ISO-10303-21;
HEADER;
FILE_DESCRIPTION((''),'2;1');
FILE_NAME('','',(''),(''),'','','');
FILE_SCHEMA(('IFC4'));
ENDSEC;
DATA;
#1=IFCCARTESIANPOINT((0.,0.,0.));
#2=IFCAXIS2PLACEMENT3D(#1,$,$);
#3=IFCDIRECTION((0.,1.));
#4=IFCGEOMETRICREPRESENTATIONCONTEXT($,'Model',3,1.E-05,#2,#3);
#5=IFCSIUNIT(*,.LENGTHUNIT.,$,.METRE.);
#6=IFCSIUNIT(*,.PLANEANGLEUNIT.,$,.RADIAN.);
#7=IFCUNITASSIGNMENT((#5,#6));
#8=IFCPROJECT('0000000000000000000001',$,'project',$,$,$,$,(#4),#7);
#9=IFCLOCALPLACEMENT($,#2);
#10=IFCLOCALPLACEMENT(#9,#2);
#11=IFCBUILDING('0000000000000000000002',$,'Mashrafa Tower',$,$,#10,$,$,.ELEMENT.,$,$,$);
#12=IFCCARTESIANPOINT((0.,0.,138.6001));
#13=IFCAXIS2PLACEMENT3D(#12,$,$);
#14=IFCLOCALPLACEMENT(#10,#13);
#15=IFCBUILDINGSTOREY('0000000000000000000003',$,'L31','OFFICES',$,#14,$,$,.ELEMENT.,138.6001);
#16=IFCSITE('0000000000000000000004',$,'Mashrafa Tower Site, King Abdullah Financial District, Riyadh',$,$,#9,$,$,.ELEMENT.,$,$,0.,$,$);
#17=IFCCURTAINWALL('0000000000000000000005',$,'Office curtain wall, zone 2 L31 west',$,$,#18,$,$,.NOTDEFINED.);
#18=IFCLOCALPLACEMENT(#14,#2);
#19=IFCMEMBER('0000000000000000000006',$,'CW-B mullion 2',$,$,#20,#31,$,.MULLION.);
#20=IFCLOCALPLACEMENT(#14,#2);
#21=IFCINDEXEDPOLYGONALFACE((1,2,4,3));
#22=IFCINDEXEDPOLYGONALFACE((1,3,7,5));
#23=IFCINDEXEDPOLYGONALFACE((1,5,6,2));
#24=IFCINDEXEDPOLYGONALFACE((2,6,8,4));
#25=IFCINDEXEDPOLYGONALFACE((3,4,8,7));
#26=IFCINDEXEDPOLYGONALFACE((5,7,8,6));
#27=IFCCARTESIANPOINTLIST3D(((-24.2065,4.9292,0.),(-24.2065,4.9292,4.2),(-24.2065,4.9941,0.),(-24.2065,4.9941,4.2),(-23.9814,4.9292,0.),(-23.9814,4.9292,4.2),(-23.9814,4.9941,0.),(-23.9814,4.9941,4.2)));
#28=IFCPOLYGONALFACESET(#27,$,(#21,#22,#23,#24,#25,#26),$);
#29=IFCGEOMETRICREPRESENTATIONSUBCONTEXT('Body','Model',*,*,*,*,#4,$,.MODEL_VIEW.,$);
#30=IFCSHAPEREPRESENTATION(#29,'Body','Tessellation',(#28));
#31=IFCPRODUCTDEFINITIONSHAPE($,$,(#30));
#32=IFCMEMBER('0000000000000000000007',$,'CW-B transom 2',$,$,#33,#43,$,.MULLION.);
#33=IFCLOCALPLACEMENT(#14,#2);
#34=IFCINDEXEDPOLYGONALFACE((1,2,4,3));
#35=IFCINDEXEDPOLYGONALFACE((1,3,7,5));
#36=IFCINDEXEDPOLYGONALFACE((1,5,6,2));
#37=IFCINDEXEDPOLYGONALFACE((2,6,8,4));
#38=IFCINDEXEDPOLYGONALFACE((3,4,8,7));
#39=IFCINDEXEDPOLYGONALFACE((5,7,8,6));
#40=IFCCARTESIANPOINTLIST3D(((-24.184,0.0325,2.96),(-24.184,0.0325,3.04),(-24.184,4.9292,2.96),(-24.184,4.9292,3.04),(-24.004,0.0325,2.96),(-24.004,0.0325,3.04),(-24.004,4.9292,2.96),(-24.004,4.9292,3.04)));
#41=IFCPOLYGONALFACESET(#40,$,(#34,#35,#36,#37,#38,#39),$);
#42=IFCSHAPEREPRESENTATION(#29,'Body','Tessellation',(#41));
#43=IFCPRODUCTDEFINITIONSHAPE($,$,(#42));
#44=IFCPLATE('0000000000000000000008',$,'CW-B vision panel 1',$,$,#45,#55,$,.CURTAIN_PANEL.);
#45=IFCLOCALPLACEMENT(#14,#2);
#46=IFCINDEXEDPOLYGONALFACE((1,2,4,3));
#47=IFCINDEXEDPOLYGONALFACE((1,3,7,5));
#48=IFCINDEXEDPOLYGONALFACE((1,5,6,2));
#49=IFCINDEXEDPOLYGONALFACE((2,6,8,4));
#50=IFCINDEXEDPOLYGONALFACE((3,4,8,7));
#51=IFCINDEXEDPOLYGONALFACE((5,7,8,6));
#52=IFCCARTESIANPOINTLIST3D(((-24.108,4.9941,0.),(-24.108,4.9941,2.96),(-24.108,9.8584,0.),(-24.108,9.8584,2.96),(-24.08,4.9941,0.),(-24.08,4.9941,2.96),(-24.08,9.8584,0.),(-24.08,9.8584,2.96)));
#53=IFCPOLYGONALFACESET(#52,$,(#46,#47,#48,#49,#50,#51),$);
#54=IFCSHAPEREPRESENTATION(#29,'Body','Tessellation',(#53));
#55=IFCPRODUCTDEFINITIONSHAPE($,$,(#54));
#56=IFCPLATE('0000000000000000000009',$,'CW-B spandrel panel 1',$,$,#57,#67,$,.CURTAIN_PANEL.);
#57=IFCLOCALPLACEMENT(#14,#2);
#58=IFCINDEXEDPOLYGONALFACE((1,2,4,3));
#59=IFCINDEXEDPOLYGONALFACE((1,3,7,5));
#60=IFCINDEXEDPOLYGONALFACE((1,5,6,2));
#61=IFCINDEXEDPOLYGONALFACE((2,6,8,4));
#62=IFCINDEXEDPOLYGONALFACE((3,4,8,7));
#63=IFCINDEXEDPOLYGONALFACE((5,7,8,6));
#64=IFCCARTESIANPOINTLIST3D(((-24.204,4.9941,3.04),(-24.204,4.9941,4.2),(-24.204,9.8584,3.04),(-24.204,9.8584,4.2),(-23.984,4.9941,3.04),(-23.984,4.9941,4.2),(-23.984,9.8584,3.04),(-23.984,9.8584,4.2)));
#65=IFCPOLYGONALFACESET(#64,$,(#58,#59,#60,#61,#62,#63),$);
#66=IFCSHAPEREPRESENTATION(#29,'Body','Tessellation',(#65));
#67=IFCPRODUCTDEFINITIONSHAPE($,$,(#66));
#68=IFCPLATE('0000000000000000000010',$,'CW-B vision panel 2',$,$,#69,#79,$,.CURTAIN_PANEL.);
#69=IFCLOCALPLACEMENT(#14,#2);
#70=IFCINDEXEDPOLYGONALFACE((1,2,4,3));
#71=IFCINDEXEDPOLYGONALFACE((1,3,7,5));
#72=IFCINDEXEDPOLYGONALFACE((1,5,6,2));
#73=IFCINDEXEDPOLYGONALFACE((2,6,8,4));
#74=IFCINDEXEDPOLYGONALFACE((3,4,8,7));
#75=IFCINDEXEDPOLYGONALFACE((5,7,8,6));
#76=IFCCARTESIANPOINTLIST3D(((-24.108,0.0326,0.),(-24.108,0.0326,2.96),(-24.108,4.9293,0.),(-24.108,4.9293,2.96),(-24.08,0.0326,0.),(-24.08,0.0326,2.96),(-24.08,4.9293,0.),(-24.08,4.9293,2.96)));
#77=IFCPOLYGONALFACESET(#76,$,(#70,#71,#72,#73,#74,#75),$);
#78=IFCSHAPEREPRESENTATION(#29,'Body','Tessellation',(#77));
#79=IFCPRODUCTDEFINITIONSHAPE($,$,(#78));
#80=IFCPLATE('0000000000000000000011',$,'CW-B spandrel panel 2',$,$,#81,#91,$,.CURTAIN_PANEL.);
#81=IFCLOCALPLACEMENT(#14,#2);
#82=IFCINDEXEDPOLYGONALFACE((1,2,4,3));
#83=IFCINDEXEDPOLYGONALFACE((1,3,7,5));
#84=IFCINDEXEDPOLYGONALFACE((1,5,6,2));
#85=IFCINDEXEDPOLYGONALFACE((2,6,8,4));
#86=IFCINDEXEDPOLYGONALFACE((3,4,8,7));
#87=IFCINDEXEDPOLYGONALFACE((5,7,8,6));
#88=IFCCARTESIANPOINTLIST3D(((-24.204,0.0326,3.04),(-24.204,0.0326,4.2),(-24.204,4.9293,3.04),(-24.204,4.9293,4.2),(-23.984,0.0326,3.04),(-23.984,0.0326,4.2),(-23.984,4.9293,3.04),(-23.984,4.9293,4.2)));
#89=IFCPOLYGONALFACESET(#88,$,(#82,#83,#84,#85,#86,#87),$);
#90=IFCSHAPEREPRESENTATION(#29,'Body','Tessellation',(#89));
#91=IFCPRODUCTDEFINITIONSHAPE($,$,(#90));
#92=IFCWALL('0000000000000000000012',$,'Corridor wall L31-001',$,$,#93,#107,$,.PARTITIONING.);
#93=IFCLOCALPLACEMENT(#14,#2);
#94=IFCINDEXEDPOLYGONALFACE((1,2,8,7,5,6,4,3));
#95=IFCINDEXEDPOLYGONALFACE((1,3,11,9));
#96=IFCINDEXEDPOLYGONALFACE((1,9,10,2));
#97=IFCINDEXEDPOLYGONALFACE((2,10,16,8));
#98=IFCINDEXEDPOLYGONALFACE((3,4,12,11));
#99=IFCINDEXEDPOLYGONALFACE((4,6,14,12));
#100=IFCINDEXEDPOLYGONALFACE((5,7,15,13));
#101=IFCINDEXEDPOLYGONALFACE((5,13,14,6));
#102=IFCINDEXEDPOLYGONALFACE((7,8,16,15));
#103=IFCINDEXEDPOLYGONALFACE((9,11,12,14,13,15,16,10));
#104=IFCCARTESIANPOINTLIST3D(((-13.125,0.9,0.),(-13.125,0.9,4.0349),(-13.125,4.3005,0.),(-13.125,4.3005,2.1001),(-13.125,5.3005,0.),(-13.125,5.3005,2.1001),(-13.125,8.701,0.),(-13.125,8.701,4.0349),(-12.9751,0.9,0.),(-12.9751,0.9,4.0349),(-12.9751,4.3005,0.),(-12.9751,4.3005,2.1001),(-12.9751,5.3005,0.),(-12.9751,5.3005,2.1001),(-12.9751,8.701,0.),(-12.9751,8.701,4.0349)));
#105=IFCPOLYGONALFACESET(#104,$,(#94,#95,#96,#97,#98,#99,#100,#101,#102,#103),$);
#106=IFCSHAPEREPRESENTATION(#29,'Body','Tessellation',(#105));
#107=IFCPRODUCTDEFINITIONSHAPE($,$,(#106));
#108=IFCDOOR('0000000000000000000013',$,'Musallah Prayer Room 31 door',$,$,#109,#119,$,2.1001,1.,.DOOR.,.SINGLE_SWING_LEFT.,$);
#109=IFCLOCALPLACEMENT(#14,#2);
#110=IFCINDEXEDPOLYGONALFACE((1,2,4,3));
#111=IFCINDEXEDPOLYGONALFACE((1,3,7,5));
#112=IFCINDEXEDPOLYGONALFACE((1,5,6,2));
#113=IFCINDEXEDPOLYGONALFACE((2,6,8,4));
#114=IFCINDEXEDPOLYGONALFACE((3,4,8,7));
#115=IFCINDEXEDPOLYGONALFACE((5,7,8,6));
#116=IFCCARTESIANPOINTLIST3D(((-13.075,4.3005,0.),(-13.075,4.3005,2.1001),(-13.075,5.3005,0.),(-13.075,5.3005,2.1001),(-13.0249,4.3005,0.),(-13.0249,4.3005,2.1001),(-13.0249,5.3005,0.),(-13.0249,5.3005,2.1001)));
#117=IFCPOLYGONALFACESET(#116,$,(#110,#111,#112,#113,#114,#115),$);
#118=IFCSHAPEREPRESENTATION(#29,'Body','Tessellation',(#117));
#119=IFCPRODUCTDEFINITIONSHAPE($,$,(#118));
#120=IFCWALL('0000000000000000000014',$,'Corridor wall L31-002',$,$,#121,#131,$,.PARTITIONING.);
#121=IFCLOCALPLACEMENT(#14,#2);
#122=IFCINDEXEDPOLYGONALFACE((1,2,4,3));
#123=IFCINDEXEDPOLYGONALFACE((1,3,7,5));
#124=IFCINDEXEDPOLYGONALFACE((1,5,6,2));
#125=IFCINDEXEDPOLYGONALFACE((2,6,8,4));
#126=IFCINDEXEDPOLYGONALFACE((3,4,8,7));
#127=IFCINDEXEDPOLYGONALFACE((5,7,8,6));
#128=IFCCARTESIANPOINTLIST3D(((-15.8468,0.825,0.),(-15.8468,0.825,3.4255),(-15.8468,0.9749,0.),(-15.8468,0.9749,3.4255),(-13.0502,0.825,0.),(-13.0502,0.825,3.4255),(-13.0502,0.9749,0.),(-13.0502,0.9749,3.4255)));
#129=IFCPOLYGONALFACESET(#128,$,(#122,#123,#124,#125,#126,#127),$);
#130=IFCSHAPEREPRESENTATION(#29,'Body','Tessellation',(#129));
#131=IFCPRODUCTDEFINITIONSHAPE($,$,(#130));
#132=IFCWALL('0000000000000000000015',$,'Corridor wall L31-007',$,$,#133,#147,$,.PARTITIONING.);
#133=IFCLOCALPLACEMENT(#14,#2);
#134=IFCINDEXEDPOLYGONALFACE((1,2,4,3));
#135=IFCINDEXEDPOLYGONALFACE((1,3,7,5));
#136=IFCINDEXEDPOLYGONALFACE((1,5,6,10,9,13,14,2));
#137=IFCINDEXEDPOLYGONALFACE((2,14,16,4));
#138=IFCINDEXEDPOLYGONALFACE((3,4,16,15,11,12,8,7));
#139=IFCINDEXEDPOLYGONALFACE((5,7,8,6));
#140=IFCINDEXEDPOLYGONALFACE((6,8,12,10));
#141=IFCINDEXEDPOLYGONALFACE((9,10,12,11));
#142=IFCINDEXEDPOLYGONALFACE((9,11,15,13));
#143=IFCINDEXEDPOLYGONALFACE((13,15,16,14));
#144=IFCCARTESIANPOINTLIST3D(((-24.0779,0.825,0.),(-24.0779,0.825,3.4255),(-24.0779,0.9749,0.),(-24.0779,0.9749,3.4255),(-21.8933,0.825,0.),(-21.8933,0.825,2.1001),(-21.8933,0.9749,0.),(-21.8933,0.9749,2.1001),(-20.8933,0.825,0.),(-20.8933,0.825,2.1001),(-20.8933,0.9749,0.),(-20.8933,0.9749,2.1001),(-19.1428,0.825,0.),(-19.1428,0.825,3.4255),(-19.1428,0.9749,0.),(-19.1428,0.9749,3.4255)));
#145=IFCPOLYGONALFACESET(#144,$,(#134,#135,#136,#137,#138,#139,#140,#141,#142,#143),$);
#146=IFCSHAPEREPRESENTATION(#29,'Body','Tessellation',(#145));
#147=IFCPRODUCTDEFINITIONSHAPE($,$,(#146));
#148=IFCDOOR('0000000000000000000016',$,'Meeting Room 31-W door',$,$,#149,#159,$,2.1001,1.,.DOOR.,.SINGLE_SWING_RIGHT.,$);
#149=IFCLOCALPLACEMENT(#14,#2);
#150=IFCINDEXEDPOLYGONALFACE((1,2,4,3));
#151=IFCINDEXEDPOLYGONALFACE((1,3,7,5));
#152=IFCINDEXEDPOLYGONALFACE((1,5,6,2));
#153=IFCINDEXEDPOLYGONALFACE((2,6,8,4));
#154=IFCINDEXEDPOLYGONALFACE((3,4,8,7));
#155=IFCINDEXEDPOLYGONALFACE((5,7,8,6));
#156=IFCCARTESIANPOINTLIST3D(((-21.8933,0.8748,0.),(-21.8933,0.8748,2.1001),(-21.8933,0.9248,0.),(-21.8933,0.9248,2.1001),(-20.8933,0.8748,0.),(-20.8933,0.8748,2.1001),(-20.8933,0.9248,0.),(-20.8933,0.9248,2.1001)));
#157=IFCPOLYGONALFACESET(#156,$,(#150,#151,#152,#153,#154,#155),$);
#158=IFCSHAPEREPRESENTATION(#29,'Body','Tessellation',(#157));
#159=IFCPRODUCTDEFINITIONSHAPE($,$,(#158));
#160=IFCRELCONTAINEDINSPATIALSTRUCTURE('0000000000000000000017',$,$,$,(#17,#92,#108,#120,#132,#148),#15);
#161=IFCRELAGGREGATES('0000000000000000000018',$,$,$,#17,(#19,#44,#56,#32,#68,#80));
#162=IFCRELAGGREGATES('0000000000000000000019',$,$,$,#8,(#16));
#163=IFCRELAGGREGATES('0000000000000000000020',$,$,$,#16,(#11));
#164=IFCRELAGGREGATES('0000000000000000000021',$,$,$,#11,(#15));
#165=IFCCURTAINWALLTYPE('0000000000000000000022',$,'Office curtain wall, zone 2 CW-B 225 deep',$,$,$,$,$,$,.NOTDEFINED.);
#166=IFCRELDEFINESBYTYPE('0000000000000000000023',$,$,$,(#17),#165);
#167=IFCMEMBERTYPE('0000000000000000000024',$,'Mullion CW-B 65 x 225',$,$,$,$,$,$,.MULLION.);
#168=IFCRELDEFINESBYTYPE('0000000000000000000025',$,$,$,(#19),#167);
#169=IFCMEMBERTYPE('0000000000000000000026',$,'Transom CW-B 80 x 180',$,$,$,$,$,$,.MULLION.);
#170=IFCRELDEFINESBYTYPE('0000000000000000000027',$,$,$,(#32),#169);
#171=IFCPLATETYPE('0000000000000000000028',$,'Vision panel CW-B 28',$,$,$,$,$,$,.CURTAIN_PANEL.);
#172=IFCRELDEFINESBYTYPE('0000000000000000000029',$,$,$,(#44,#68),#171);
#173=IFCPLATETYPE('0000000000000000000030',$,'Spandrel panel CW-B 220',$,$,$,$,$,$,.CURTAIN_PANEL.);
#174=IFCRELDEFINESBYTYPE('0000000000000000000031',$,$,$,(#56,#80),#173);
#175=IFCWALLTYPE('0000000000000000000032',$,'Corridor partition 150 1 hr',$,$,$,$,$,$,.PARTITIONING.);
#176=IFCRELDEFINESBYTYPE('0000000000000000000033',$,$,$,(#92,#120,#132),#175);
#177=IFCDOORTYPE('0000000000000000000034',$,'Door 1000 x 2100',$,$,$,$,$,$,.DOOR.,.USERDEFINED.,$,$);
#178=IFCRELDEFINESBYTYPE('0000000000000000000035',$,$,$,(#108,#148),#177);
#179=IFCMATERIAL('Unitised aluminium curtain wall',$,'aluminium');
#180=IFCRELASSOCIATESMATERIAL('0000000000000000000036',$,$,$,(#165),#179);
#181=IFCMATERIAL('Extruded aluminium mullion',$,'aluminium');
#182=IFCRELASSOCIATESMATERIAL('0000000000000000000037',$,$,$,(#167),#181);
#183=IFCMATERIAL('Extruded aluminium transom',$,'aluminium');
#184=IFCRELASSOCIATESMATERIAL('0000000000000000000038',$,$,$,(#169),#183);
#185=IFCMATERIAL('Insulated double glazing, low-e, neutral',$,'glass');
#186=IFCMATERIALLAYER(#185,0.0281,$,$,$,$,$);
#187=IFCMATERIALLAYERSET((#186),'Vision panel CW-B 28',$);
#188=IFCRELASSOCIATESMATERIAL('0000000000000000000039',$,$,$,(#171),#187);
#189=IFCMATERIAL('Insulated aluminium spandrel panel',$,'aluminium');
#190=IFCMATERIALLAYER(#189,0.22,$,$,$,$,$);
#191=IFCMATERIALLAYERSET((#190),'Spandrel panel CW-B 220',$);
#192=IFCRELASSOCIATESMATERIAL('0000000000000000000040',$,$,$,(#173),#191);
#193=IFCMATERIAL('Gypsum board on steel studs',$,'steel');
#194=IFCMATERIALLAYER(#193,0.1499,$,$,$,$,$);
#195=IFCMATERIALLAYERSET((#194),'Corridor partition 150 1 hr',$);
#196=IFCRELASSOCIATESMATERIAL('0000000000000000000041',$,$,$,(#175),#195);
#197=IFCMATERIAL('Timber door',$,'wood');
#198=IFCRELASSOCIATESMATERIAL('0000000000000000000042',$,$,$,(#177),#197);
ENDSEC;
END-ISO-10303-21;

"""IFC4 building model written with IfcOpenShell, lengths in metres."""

from ifc_helpers import new_model, si_unit, direction, frame, frame_2d, origin, origin_2d, place, context, subcontext, project, spatial, rectangle, extrude, source, transform, mapped, material, layer, layer_set, material_profile, profile_set, type_object, type_shapes, element, fill, aggregate, save


model = new_model("IFC4")

# Units and contexts
model_context = context("Model", 3, precision=1e-05, world=origin(), true_north=direction((0.0, 1.0)))
body_context = subcontext(model_context, "Body", "Model", "MODEL_VIEW")
ifc_project = project(units=[si_unit("LENGTHUNIT", "METRE"), si_unit("PLANEANGLEUNIT", "RADIAN")], contexts=[model_context])

# Site, building, storey
site_placement = place(None, origin())
site = spatial("IfcSite", under=ifc_project, at=site_placement, Name="Mashrafa Tower Site, King Abdullah Financial District, Riyadh", CompositionType="ELEMENT", RefElevation=0.0)
building_placement = place(site_placement, origin())
building = spatial("IfcBuilding", under=site, at=building_placement, Name="Mashrafa Tower", CompositionType="ELEMENT")
storey_placement = place(building_placement, frame((0.0, 0.0, 138.6001)))
storey = spatial("IfcBuildingStorey", under=building, at=storey_placement, Name="L31", Description="OFFICES", CompositionType="ELEMENT", Elevation=138.6001)

# Curtain wall, members, plates
ifc_material_1 = material(Name="Unitised aluminium curtain wall", Category="aluminium")
curtain_wall_type = type_object("IfcCurtainWallType", Name="Office curtain wall, zone 2 CW-B 225 deep", PredefinedType="NOTDEFINED", material=ifc_material_1)
curtain_wall_placement = place(storey_placement, origin())
curtain_wall = element("IfcCurtainWall", 1, at=curtain_wall_placement, inside=storey, type_object=curtain_wall_type, Name="Office curtain wall, zone 2 L31 west", PredefinedType="NOTDEFINED")
ifc_material_2 = material(Name="Extruded aluminium mullion", Category="aluminium")
ifc_material_profile_1 = material_profile(ifc_material_2, rectangle(XDim=0.2251, YDim=0.0649, at=origin_2d()), Name="Mullion 65x225")
ifc_profile_set_1 = profile_set([ifc_material_profile_1], Name="Extruded aluminium mullion")
member_type_1 = type_object("IfcMemberType", Name="Mullion CW-B 65 x 225", PredefinedType="MULLION", material=ifc_profile_set_1)
shared_shape_1 = source(origin(), body_context, "Body", "SweptSolid", [
    extrude(rectangle(XDim=0.2251, YDim=0.0649, at=origin_2d()), origin(), (0.0, 0.0, 1.0), 4.2),
])
type_shapes(member_type_1, [shared_shape_1])
member_1_placement = place(storey_placement, frame((-24.094, 4.9617, 0.0), z_axis=(0.0, 0.0, 1.0), x_axis=(1.0, 0.0, 0.0)))
member_1 = element("IfcMember", 2, at=member_1_placement, type_object=member_type_1, Name="CW-B mullion 2", PredefinedType="MULLION", context=body_context, shape_type="MappedRepresentation", body=[
    mapped(shared_shape_1, transform((0.0, 0.0, 0.0))),
])
ifc_material_3 = material(Name="Extruded aluminium transom", Category="aluminium")
ifc_material_profile_2 = material_profile(ifc_material_3, rectangle(XDim=0.1799, YDim=0.0801, at=origin_2d()), Name="Transom 80x180")
ifc_profile_set_2 = profile_set([ifc_material_profile_2], Name="Extruded aluminium transom")
member_type_2 = type_object("IfcMemberType", Name="Transom CW-B 80 x 180", PredefinedType="MULLION", material=ifc_profile_set_2)
shared_shape_2 = source(origin(), body_context, "Body", "SweptSolid", [
    extrude(rectangle(XDim=0.1799, YDim=0.0801, at=origin_2d()), origin(), (0.0, 0.0, 1.0), 4.8967),
])
type_shapes(member_type_2, [shared_shape_2])
member_2_placement = place(storey_placement, frame((-24.094, 4.9292, 3.0), z_axis=(0.0, -1.0, 0.0), x_axis=(1.0, 0.0, 0.0)))
member_2 = element("IfcMember", 3, at=member_2_placement, type_object=member_type_2, Name="CW-B transom 2", PredefinedType="MULLION", context=body_context, shape_type="MappedRepresentation", body=[
    mapped(shared_shape_2, transform((0.0, 0.0, 0.0))),
])
ifc_material_4 = material(Name="Insulated double glazing, low-e, neutral", Category="glass")
ifc_layer_1 = layer(ifc_material_4, 0.0281)
ifc_layer_set_1 = layer_set([ifc_layer_1], Name="Vision panel CW-B 28")
plate_type_1 = type_object("IfcPlateType", Name="Vision panel CW-B 28", PredefinedType="CURTAIN_PANEL", material=ifc_layer_set_1)
shared_shape_3 = source(origin(), body_context, "Body", "SweptSolid", [
    extrude(rectangle(XDim=4.8643, YDim=0.0281, at=origin_2d()), origin(), (0.0, 0.0, 1.0), 2.96),
])
plate_1_placement = place(storey_placement, frame((-24.094, 7.4263, 0.0), z_axis=(0.0, 0.0, 1.0), x_axis=(0.0, -1.0, 0.0)))
plate_1 = element("IfcPlate", 4, at=plate_1_placement, type_object=plate_type_1, Name="CW-B vision panel 1", PredefinedType="CURTAIN_PANEL", context=body_context, shape_type="MappedRepresentation", body=[
    mapped(shared_shape_3, transform((0.0, 0.0, 0.0))),
])
ifc_material_5 = material(Name="Insulated aluminium spandrel panel", Category="aluminium")
ifc_layer_2 = layer(ifc_material_5, 0.22)
ifc_layer_set_2 = layer_set([ifc_layer_2], Name="Spandrel panel CW-B 220")
plate_type_2 = type_object("IfcPlateType", Name="Spandrel panel CW-B 220", PredefinedType="CURTAIN_PANEL", material=ifc_layer_set_2)
shared_shape_4 = source(origin(), body_context, "Body", "SweptSolid", [
    extrude(rectangle(XDim=4.8643, YDim=0.22, at=origin_2d()), origin(), (0.0, 0.0, 1.0), 1.1599),
])
plate_2_placement = place(storey_placement, frame((-24.094, 7.4263, 3.04), z_axis=(0.0, 0.0, 1.0), x_axis=(0.0, -1.0, 0.0)))
plate_2 = element("IfcPlate", 5, at=plate_2_placement, type_object=plate_type_2, Name="CW-B spandrel panel 1", PredefinedType="CURTAIN_PANEL", context=body_context, shape_type="MappedRepresentation", body=[
    mapped(shared_shape_4, transform((0.0, 0.0, 0.0))),
])
shared_shape_5 = source(origin(), body_context, "Body", "SweptSolid", [
    extrude(rectangle(XDim=4.8967, YDim=0.0281, at=origin_2d()), origin(), (0.0, 0.0, 1.0), 2.96),
])
type_shapes(plate_type_1, [shared_shape_3, shared_shape_5])
plate_3_placement = place(storey_placement, frame((-24.094, 2.481, 0.0), z_axis=(0.0, 0.0, 1.0), x_axis=(0.0, -1.0, 0.0)))
plate_3 = element("IfcPlate", 6, at=plate_3_placement, type_object=plate_type_1, Name="CW-B vision panel 2", PredefinedType="CURTAIN_PANEL", context=body_context, shape_type="MappedRepresentation", body=[
    mapped(shared_shape_5, transform((0.0, 0.0, 0.0))),
])
shared_shape_6 = source(origin(), body_context, "Body", "SweptSolid", [
    extrude(rectangle(XDim=4.8967, YDim=0.22, at=origin_2d()), origin(), (0.0, 0.0, 1.0), 1.1599),
])
type_shapes(plate_type_2, [shared_shape_4, shared_shape_6])
plate_4_placement = place(storey_placement, frame((-24.094, 2.481, 3.04), z_axis=(0.0, 0.0, 1.0), x_axis=(0.0, -1.0, 0.0)))
plate_4 = element("IfcPlate", 7, at=plate_4_placement, type_object=plate_type_2, Name="CW-B spandrel panel 2", PredefinedType="CURTAIN_PANEL", context=body_context, shape_type="MappedRepresentation", body=[
    mapped(shared_shape_6, transform((0.0, 0.0, 0.0))),
])
aggregate(curtain_wall, [member_1, plate_1, plate_2, member_2, plate_3, plate_4])

# Wall, opening, door
ifc_material_6 = material(Name="Gypsum board on steel studs", Category="steel")
ifc_layer_3 = layer(ifc_material_6, 0.1499)
ifc_layer_set_3 = layer_set([ifc_layer_3], Name="Corridor partition 150 1 hr")
wall_type_1 = type_object("IfcWallType", Name="Corridor partition 150 1 hr", PredefinedType="PARTITIONING", material=ifc_layer_set_3)
wall_1_placement = place(storey_placement, frame((-13.05, 8.7009, 0.0), z_axis=(0.0, 0.0, 1.0), x_axis=(0.0, -1.0, 0.0)))
wall_1 = element("IfcWall", 8, at=wall_1_placement, inside=storey, type_object=wall_type_1, Name="Corridor wall L31-001", PredefinedType="PARTITIONING", context=body_context, shape_type="SweptSolid", body=[
    extrude(rectangle(XDim=7.801, YDim=0.1499, at=frame_2d((3.9004, 0.0))), origin(), (0.0, 0.0, 1.0), 4.0349),
])
opening_1_placement = place(wall_1_placement, frame((3.4004, 0.0, 0.0)))
opening_1 = element("IfcOpeningElement", 9, at=opening_1_placement, cuts=wall_1, PredefinedType="OPENING", context=body_context, shape_type="SweptSolid", body=[
    extrude(rectangle(XDim=1.0, YDim=2.1001, at=frame_2d((0.5, 1.05))), frame((0.0, 0.085, 0.0), z_axis=(0.0, -1.0, 0.0), x_axis=(1.0, 0.0, 0.0)), (0.0, 0.0, 1.0), 0.1699),
])
ifc_material_7 = material(Name="Timber door", Category="wood")
door_type_1 = type_object("IfcDoorType", Name="Door 1000 x 2100", OperationType="USERDEFINED", PredefinedType="DOOR", material=ifc_material_7)
door_1_placement = place(opening_1_placement, frame((1.0, 0.0, 0.0), z_axis=(0.0, 0.0, 1.0), x_axis=(-1.0, 0.0, 0.0)))
door_1 = element("IfcDoor", 10, at=door_1_placement, inside=storey, type_object=door_type_1, Name="Musallah Prayer Room 31 door", OperationType="SINGLE_SWING_LEFT", OverallHeight=2.1001, OverallWidth=1.0, PredefinedType="DOOR", context=body_context, shape_type="SweptSolid", body=[
    extrude(rectangle(XDim=1.0, YDim=2.1001, at=frame_2d((0.5, 1.05))), frame((0.0, 0.0249, 0.0), z_axis=(0.0, -1.0, 0.0), x_axis=(1.0, 0.0, 0.0)), (0.0, 0.0, 1.0), 0.05),
])
fill(opening_1, door_1)

# Wall
wall_2_placement = place(storey_placement, frame((-13.05, 0.8999, 0.0), z_axis=(0.0, 0.0, 1.0), x_axis=(-1.0, 0.0, 0.0)))
element("IfcWall", 11, at=wall_2_placement, inside=storey, type_object=wall_type_1, Name="Corridor wall L31-002", PredefinedType="PARTITIONING", context=body_context, shape_type="SweptSolid", body=[
    extrude(rectangle(XDim=2.7966, YDim=0.1499, at=frame_2d((1.3984, 0.0))), origin(), (0.0, 0.0, 1.0), 3.4255),
])

# Wall, opening, door
wall_3_placement = place(storey_placement, frame((-19.1428, 0.8999, 0.0), z_axis=(0.0, 0.0, 1.0), x_axis=(-1.0, 0.0, 0.0)))
wall_3 = element("IfcWall", 12, at=wall_3_placement, inside=storey, type_object=wall_type_1, Name="Corridor wall L31-007", PredefinedType="PARTITIONING", context=body_context, shape_type="SweptSolid", body=[
    extrude(rectangle(XDim=4.9351, YDim=0.1499, at=frame_2d((2.4675, 0.0))), origin(), (0.0, 0.0, 1.0), 3.4255),
])
opening_2_placement = place(wall_3_placement, frame((1.7505, 0.0, 0.0)))
opening_2 = element("IfcOpeningElement", 13, at=opening_2_placement, cuts=wall_3, PredefinedType="OPENING", context=body_context, shape_type="SweptSolid", body=[
    extrude(rectangle(XDim=1.0, YDim=2.1001, at=frame_2d((0.5, 1.05))), frame((0.0, 0.085, 0.0), z_axis=(0.0, -1.0, 0.0), x_axis=(1.0, 0.0, 0.0)), (0.0, 0.0, 1.0), 0.1699),
])
door_2_placement = place(opening_2_placement, frame((1.0, 0.0, 0.0), z_axis=(0.0, 0.0, 1.0), x_axis=(-1.0, 0.0, 0.0)))
door_2 = element("IfcDoor", 14, at=door_2_placement, inside=storey, type_object=door_type_1, Name="Meeting Room 31-W door", OperationType="SINGLE_SWING_RIGHT", OverallHeight=2.1001, OverallWidth=1.0, PredefinedType="DOOR", context=body_context, shape_type="SweptSolid", body=[
    extrude(rectangle(XDim=1.0, YDim=2.1001, at=frame_2d((0.5, 1.05))), frame((0.0, 0.0249, 0.0), z_axis=(0.0, -1.0, 0.0), x_axis=(1.0, 0.0, 0.0)), (0.0, 0.0, 1.0), 0.05),
])
fill(opening_2, door_2)

save(model, "model.ifc")
